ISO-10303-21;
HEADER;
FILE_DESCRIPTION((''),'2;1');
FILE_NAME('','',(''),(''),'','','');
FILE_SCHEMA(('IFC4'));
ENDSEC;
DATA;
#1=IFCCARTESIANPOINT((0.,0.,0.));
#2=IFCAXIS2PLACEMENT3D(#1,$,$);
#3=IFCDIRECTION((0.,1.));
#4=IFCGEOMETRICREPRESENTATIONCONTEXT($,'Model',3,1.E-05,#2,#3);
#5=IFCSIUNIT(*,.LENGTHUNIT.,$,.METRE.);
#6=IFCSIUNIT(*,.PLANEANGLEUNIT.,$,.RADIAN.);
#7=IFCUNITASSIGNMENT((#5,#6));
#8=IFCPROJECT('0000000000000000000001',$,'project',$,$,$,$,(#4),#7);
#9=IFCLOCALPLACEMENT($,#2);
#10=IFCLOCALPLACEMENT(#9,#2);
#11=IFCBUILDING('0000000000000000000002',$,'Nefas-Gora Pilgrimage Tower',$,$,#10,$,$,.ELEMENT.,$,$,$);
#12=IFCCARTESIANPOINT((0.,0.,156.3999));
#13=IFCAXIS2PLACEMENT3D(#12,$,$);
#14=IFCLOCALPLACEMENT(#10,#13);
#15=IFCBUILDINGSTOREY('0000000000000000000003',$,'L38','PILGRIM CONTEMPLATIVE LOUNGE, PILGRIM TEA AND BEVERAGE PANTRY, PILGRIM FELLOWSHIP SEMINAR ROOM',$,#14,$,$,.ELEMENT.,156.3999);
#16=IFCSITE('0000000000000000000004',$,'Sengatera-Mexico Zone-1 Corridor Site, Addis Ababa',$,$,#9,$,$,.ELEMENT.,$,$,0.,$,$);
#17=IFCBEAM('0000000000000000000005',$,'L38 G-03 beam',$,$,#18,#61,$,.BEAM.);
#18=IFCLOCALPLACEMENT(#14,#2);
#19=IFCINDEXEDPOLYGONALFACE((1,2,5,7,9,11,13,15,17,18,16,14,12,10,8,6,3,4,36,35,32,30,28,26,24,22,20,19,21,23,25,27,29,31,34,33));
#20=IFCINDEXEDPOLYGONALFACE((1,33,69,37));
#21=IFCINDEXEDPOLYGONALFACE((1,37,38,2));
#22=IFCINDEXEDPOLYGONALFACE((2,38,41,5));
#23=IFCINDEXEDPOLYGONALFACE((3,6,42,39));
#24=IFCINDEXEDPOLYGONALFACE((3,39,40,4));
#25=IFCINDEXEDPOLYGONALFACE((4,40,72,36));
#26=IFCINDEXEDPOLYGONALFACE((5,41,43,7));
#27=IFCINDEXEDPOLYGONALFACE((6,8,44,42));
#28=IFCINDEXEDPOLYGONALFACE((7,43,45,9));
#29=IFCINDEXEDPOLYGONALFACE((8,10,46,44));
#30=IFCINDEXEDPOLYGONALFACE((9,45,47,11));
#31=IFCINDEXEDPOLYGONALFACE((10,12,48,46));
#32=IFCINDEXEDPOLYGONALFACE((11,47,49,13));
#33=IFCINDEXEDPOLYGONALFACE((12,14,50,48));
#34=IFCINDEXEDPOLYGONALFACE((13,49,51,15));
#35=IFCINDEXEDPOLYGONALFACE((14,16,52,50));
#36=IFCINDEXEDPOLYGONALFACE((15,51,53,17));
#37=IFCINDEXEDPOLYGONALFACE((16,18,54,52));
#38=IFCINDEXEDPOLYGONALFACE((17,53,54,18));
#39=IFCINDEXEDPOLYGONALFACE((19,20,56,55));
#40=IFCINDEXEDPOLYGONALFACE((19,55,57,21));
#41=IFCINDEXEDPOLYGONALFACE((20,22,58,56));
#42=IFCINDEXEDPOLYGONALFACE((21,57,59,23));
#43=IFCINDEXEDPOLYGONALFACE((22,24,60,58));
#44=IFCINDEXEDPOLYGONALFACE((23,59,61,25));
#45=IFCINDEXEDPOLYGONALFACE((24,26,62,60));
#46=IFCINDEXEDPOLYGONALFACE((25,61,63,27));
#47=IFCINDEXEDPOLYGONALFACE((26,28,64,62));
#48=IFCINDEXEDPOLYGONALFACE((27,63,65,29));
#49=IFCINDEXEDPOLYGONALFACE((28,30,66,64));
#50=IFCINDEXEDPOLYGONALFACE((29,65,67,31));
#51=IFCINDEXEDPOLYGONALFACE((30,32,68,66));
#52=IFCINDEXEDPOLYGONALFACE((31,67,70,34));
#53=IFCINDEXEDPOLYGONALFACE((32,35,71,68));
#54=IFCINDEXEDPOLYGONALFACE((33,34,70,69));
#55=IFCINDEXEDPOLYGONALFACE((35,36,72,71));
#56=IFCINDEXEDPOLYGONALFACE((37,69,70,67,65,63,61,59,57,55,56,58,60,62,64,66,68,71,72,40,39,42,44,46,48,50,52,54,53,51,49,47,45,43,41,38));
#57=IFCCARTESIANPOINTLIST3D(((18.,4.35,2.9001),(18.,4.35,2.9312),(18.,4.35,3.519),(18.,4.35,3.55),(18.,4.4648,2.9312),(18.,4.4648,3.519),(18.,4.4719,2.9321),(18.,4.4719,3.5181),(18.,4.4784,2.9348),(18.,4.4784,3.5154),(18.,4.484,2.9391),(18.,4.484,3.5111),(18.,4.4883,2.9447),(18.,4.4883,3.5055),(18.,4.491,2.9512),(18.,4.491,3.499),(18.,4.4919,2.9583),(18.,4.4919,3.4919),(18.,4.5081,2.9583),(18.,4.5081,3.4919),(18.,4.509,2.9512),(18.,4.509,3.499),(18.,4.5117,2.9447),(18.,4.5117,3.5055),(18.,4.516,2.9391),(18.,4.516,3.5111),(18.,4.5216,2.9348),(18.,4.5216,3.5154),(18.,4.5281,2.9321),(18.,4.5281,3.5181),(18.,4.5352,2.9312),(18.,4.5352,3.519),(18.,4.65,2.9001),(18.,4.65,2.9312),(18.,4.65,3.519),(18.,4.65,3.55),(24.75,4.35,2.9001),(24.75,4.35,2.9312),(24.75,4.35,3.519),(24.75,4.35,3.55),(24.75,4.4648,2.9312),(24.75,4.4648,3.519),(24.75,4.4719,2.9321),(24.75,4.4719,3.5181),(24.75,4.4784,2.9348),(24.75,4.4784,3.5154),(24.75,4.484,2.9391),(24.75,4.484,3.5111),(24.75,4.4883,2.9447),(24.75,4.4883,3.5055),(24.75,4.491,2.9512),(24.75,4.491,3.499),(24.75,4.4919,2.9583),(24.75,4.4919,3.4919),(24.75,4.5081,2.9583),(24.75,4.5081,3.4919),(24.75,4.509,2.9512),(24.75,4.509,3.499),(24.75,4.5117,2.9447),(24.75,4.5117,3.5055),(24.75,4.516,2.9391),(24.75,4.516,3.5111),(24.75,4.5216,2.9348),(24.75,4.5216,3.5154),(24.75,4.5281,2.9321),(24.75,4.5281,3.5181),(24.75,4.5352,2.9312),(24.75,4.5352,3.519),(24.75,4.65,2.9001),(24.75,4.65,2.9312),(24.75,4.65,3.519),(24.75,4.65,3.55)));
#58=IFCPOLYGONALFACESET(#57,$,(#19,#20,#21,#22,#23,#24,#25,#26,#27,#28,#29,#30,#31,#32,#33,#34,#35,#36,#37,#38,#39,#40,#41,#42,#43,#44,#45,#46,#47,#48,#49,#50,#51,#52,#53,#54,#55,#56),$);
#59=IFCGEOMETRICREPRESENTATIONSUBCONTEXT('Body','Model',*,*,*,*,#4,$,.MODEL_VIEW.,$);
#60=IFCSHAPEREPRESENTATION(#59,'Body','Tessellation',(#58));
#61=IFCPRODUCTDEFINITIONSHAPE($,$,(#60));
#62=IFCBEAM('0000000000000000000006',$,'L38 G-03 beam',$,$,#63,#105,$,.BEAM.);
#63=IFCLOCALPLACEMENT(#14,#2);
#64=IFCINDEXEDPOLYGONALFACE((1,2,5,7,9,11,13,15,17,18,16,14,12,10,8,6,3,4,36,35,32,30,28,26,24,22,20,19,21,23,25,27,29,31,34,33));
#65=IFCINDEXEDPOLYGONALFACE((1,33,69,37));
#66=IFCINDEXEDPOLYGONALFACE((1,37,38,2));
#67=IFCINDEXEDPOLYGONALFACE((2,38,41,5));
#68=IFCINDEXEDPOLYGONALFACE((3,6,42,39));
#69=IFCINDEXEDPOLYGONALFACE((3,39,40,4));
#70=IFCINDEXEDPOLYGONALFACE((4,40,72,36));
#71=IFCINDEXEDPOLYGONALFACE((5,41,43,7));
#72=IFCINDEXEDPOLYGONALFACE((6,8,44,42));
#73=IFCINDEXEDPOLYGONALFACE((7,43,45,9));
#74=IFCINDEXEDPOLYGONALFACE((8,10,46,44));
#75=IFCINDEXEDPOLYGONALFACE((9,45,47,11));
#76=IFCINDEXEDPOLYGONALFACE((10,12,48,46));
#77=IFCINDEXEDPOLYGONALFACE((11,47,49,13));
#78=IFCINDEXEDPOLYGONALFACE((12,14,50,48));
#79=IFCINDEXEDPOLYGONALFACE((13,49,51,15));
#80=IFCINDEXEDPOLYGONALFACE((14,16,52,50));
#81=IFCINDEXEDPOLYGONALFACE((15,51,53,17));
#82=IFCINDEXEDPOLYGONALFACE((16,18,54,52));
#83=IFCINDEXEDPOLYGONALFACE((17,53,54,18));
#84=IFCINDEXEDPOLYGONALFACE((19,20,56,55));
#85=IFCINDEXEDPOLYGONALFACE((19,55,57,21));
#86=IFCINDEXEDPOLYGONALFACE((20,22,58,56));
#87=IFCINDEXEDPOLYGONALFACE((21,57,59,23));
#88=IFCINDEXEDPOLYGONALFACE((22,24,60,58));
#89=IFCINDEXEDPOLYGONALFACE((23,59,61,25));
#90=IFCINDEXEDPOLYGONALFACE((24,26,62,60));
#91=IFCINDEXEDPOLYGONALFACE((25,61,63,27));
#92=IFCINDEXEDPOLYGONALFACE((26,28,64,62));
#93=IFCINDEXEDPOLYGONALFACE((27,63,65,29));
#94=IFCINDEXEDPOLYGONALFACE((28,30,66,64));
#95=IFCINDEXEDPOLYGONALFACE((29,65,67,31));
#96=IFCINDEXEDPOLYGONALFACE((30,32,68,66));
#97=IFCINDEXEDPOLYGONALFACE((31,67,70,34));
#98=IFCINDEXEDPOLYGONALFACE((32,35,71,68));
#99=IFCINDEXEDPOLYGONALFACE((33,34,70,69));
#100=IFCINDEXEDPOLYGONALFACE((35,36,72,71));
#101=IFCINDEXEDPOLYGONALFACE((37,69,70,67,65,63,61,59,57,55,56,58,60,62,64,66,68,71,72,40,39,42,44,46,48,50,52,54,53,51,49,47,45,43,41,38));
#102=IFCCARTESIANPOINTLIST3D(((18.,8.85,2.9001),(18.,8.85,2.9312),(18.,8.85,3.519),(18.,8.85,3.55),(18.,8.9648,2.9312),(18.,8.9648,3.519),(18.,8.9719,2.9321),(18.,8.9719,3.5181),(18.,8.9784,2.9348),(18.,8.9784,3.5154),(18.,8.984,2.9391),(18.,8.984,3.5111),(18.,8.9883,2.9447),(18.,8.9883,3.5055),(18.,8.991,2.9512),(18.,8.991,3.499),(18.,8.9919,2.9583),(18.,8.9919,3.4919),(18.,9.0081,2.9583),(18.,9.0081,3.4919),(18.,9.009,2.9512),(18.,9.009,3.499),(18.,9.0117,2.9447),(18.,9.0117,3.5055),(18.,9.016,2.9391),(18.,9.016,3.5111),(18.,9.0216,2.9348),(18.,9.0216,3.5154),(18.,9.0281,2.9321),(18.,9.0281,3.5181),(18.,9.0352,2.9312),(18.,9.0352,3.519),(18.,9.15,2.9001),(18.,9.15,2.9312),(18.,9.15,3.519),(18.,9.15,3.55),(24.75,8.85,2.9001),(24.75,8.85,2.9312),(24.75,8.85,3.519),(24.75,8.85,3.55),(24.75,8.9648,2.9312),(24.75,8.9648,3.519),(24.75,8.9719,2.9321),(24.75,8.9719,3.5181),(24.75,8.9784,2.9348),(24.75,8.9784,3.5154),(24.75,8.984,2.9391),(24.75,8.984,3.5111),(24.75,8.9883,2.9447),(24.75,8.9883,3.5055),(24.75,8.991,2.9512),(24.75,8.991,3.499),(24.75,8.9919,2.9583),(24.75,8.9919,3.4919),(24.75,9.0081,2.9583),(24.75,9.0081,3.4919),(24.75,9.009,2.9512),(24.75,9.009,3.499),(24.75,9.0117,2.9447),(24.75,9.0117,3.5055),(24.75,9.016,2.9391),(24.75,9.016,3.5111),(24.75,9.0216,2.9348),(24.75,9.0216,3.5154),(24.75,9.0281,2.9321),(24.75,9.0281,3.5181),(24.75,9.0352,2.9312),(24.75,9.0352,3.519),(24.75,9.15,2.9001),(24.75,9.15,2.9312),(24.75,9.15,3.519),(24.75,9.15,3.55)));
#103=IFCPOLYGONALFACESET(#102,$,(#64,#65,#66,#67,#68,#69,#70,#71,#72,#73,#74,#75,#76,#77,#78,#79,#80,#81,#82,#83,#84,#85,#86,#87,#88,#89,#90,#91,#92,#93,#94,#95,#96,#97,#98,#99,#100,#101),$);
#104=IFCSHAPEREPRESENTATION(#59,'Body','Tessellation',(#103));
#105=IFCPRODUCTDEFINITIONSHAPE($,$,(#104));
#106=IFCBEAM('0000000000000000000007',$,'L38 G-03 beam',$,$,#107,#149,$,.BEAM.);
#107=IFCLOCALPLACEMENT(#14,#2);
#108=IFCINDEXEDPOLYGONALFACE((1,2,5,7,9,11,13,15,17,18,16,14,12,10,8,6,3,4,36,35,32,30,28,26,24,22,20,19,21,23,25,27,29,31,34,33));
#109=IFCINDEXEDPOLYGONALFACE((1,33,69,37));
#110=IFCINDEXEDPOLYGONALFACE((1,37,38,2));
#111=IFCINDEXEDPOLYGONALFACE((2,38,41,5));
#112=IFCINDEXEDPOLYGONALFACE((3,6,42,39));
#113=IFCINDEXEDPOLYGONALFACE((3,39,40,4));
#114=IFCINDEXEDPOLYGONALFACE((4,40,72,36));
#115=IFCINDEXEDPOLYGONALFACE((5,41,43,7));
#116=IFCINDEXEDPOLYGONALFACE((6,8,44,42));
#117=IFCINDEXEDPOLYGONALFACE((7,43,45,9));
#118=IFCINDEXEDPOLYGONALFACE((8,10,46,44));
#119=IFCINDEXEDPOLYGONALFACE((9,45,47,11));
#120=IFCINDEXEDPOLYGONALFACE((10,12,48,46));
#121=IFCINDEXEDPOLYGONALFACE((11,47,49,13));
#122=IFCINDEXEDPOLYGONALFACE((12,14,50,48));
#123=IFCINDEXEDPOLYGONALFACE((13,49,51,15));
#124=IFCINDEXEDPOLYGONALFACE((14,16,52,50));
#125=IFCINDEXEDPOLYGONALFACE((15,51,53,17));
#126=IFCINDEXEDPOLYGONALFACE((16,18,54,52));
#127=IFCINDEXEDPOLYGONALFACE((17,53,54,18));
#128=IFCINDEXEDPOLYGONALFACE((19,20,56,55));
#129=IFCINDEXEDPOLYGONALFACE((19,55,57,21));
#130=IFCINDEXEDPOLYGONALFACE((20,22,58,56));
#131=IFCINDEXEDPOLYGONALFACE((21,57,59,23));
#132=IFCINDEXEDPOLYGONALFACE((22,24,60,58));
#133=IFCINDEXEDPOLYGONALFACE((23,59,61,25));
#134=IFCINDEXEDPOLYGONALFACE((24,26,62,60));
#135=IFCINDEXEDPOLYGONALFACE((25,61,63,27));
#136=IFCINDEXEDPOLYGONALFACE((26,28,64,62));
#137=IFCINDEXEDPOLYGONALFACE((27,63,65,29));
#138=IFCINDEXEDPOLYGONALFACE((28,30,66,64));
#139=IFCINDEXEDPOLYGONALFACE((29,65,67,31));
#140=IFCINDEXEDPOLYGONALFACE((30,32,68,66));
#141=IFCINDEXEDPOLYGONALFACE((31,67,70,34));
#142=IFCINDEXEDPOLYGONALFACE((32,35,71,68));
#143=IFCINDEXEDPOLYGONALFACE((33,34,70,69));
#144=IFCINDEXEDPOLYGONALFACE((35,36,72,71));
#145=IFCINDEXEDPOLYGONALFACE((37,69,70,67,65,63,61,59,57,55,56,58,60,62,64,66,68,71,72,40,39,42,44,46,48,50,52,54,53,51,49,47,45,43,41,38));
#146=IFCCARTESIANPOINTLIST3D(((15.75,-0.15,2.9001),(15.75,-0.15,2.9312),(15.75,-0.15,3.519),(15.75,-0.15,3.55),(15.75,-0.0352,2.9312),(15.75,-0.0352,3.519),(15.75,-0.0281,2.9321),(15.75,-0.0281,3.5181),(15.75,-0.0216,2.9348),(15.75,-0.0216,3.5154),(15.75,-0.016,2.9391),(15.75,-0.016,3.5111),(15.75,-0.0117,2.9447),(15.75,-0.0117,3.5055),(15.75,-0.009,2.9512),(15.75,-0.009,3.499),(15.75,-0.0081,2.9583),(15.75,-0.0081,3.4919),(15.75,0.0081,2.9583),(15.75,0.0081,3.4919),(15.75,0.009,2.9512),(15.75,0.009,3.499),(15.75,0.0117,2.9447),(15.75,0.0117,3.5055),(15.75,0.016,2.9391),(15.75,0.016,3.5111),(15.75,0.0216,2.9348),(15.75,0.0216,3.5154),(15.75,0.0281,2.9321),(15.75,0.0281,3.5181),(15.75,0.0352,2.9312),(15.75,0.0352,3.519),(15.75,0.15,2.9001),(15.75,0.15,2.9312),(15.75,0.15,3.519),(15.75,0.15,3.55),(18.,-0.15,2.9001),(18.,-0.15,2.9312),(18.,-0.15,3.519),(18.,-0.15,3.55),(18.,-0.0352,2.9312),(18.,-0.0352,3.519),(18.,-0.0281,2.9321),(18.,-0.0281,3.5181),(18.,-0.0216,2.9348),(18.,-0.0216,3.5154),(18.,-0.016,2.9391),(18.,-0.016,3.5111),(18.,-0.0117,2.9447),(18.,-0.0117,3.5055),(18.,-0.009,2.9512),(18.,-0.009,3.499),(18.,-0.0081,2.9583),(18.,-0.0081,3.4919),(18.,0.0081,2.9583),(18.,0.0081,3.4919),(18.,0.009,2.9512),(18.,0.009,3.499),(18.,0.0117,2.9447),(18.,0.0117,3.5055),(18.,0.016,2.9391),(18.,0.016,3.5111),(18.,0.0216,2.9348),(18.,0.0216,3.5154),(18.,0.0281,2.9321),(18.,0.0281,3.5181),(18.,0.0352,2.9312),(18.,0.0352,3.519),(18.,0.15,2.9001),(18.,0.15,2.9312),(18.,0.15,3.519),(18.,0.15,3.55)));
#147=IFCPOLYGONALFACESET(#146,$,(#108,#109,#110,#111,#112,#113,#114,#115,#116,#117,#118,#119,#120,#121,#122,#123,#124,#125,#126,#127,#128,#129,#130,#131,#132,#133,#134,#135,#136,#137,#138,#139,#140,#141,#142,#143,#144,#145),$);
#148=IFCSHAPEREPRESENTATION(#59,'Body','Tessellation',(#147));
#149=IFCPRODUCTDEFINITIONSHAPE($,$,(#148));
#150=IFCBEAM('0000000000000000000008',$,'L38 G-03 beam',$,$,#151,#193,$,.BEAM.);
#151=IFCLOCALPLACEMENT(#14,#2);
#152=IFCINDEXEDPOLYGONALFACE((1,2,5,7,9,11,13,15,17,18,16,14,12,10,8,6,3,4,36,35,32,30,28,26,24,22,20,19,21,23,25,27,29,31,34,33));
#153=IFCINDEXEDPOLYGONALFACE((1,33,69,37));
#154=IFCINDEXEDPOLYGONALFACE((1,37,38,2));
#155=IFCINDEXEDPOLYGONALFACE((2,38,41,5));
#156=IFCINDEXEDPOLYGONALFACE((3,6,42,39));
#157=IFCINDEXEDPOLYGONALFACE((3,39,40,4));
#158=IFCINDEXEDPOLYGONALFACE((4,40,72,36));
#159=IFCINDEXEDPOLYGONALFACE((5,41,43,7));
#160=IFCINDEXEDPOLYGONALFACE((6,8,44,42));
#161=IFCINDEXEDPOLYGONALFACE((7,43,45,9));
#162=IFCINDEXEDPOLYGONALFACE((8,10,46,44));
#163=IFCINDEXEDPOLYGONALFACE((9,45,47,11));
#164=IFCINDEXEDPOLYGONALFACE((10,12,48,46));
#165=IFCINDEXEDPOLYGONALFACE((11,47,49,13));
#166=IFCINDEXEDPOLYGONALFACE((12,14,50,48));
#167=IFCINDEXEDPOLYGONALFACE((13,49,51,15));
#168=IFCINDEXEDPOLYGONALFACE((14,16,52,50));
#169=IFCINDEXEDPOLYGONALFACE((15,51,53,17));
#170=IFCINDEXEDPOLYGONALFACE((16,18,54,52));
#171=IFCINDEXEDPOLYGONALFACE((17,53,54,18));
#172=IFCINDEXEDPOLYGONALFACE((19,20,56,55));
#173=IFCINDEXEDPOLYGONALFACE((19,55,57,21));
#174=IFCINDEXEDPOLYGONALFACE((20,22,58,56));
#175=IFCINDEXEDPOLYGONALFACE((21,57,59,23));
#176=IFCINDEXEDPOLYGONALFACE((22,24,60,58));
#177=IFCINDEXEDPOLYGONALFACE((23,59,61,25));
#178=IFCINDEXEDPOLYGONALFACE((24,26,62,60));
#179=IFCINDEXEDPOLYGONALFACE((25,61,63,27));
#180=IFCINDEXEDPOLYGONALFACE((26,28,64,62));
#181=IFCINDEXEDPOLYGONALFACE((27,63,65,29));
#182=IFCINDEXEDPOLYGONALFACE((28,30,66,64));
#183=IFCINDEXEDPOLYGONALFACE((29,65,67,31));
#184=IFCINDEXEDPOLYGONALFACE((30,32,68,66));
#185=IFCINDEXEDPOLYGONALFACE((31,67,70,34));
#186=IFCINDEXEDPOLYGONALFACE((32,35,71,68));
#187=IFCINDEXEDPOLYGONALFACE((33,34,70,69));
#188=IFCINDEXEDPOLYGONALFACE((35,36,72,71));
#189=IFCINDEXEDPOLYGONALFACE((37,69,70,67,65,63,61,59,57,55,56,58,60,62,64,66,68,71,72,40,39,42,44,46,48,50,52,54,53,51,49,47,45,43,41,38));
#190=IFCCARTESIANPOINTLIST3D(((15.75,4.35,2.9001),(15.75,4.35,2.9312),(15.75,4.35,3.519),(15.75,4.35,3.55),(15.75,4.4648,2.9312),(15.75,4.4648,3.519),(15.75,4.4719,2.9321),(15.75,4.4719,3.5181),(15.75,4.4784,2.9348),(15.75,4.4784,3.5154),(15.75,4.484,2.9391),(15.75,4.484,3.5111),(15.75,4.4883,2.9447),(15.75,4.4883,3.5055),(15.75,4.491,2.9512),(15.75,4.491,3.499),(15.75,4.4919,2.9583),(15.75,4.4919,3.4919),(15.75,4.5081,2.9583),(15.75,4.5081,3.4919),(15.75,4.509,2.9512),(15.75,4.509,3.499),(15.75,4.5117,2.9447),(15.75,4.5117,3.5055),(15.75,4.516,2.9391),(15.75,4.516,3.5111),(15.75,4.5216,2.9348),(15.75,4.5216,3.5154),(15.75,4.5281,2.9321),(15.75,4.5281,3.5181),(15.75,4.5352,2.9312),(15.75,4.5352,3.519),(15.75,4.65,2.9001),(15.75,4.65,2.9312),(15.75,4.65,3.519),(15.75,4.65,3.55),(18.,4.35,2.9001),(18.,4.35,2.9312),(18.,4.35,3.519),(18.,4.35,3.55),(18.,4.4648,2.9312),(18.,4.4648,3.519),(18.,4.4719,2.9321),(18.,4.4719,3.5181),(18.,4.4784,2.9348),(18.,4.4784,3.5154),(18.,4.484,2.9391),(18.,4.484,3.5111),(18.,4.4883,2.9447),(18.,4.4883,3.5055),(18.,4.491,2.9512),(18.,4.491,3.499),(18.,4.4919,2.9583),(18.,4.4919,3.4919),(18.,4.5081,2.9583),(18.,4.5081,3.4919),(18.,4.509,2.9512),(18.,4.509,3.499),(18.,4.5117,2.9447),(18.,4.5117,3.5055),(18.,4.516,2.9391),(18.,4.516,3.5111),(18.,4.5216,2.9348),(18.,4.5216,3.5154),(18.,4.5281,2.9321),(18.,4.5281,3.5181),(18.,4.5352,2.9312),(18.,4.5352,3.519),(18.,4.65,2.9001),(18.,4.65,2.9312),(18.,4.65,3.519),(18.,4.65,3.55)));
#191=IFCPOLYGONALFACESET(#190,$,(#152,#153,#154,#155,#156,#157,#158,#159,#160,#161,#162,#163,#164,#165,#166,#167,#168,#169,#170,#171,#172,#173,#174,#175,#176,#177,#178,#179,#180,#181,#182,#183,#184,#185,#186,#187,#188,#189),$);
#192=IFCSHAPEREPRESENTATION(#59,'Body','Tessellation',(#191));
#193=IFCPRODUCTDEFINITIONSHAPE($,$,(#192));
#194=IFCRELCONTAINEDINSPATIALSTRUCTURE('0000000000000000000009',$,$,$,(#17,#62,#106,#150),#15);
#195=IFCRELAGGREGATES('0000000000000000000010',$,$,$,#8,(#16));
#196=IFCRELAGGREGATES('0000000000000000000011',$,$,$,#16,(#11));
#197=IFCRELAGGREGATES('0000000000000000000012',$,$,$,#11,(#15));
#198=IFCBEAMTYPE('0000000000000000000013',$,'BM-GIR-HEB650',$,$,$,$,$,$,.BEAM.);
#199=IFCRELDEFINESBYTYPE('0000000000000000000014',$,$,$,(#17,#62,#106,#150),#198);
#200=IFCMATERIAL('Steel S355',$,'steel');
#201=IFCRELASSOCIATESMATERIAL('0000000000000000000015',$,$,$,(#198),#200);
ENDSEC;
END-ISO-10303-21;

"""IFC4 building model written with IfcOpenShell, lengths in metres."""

from ifc_helpers import new_model, si_unit, direction, frame, origin, origin_2d, place, context, subcontext, project, spatial, i_section, extrude, source, transform, mapped, material, material_profile, profile_set, type_object, element, save


model = new_model("IFC4")

# Units and contexts
model_context = context("Model", 3, precision=1e-05, world=origin(), true_north=direction((0.0, 1.0)))
body_context = subcontext(model_context, "Body", "Model", "MODEL_VIEW")
ifc_project = project(units=[si_unit("LENGTHUNIT", "METRE"), si_unit("PLANEANGLEUNIT", "RADIAN")], contexts=[model_context])

# Site, building, storey
site_placement = place(None, origin())
site = spatial("IfcSite", under=ifc_project, at=site_placement, Name="Sengatera-Mexico Zone-1 Corridor Site, Addis Ababa", CompositionType="ELEMENT", RefElevation=0.0)
building_placement = place(site_placement, origin())
building = spatial("IfcBuilding", under=site, at=building_placement, Name="Nefas-Gora Pilgrimage Tower", CompositionType="ELEMENT")
storey_placement = place(building_placement, frame((0.0, 0.0, 156.3999)))
storey = spatial("IfcBuildingStorey", under=building, at=storey_placement, Name="L38", Description="PILGRIM CONTEMPLATIVE LOUNGE, PILGRIM TEA AND BEVERAGE PANTRY, PILGRIM FELLOWSHIP SEMINAR ROOM", CompositionType="ELEMENT", Elevation=156.3999)

# Beams
ifc_material_1 = material(Name="Steel S355", Category="steel")
ifc_material_profile_1 = material_profile(ifc_material_1, i_section(OverallWidth=0.3, OverallDepth=0.6499, WebThickness=0.0161, FlangeThickness=0.031, FilletRadius=0.0271, at=origin_2d()), Name="HEB 650")
ifc_profile_set_1 = profile_set([ifc_material_profile_1], Name="Steel S355")
beam_type_1 = type_object("IfcBeamType", Name="BM-GIR-HEB650", PredefinedType="BEAM", material=ifc_profile_set_1)
shared_shape_1 = source(origin(), body_context, "Body", "SweptSolid", [
    extrude(i_section(OverallWidth=0.3, OverallDepth=0.6499, WebThickness=0.0161, FlangeThickness=0.031, FilletRadius=0.0271, at=origin_2d()), origin(), (0.0, 0.0, 1.0), 6.75),
])
for number, where, z_axis, x_axis, name in (
    (1, (18.0, 4.5, 3.2251), (1.0, 0.0, 0.0), (0.0, 1.0, 0.0), "L38 G-03 beam"),
    (2, (18.0, 9.0, 3.2251), (1.0, 0.0, 0.0), (0.0, 1.0, 0.0), "L38 G-03 beam"),
):
    element("IfcBeam", number, at=place(storey_placement, frame(where, z_axis=z_axis, x_axis=x_axis)), inside=storey, type_object=beam_type_1, Name=name, PredefinedType="BEAM", context=body_context, shape_type="MappedRepresentation", body=[
        mapped(shared_shape_1, transform((0.0, 0.0, 0.0), x_axis=(1.0, 0.0, 0.0), y_axis=(0.0, 1.0, 0.0), z_axis=(0.0, 0.0, 1.0), scale=1.0)),
    ])
shared_shape_2 = source(origin(), body_context, "Body", "SweptSolid", [
    extrude(i_section(OverallWidth=0.3, OverallDepth=0.6499, WebThickness=0.0161, FlangeThickness=0.031, FilletRadius=0.0271, at=origin_2d()), origin(), (0.0, 0.0, 1.0), 2.25),
])
for number, where, z_axis, x_axis, name in (
    (3, (15.75, 0.0, 3.2251), (1.0, 0.0, 0.0), (0.0, 1.0, 0.0), "L38 G-03 beam"),
    (4, (15.75, 4.5, 3.2251), (1.0, 0.0, 0.0), (0.0, 1.0, 0.0), "L38 G-03 beam"),
):
    element("IfcBeam", number, at=place(storey_placement, frame(where, z_axis=z_axis, x_axis=x_axis)), inside=storey, type_object=beam_type_1, Name=name, PredefinedType="BEAM", context=body_context, shape_type="MappedRepresentation", body=[
        mapped(shared_shape_2, transform((0.0, 0.0, 0.0), x_axis=(1.0, 0.0, 0.0), y_axis=(0.0, 1.0, 0.0), z_axis=(0.0, 0.0, 1.0), scale=1.0)),
    ])

save(model, "model.ifc")
